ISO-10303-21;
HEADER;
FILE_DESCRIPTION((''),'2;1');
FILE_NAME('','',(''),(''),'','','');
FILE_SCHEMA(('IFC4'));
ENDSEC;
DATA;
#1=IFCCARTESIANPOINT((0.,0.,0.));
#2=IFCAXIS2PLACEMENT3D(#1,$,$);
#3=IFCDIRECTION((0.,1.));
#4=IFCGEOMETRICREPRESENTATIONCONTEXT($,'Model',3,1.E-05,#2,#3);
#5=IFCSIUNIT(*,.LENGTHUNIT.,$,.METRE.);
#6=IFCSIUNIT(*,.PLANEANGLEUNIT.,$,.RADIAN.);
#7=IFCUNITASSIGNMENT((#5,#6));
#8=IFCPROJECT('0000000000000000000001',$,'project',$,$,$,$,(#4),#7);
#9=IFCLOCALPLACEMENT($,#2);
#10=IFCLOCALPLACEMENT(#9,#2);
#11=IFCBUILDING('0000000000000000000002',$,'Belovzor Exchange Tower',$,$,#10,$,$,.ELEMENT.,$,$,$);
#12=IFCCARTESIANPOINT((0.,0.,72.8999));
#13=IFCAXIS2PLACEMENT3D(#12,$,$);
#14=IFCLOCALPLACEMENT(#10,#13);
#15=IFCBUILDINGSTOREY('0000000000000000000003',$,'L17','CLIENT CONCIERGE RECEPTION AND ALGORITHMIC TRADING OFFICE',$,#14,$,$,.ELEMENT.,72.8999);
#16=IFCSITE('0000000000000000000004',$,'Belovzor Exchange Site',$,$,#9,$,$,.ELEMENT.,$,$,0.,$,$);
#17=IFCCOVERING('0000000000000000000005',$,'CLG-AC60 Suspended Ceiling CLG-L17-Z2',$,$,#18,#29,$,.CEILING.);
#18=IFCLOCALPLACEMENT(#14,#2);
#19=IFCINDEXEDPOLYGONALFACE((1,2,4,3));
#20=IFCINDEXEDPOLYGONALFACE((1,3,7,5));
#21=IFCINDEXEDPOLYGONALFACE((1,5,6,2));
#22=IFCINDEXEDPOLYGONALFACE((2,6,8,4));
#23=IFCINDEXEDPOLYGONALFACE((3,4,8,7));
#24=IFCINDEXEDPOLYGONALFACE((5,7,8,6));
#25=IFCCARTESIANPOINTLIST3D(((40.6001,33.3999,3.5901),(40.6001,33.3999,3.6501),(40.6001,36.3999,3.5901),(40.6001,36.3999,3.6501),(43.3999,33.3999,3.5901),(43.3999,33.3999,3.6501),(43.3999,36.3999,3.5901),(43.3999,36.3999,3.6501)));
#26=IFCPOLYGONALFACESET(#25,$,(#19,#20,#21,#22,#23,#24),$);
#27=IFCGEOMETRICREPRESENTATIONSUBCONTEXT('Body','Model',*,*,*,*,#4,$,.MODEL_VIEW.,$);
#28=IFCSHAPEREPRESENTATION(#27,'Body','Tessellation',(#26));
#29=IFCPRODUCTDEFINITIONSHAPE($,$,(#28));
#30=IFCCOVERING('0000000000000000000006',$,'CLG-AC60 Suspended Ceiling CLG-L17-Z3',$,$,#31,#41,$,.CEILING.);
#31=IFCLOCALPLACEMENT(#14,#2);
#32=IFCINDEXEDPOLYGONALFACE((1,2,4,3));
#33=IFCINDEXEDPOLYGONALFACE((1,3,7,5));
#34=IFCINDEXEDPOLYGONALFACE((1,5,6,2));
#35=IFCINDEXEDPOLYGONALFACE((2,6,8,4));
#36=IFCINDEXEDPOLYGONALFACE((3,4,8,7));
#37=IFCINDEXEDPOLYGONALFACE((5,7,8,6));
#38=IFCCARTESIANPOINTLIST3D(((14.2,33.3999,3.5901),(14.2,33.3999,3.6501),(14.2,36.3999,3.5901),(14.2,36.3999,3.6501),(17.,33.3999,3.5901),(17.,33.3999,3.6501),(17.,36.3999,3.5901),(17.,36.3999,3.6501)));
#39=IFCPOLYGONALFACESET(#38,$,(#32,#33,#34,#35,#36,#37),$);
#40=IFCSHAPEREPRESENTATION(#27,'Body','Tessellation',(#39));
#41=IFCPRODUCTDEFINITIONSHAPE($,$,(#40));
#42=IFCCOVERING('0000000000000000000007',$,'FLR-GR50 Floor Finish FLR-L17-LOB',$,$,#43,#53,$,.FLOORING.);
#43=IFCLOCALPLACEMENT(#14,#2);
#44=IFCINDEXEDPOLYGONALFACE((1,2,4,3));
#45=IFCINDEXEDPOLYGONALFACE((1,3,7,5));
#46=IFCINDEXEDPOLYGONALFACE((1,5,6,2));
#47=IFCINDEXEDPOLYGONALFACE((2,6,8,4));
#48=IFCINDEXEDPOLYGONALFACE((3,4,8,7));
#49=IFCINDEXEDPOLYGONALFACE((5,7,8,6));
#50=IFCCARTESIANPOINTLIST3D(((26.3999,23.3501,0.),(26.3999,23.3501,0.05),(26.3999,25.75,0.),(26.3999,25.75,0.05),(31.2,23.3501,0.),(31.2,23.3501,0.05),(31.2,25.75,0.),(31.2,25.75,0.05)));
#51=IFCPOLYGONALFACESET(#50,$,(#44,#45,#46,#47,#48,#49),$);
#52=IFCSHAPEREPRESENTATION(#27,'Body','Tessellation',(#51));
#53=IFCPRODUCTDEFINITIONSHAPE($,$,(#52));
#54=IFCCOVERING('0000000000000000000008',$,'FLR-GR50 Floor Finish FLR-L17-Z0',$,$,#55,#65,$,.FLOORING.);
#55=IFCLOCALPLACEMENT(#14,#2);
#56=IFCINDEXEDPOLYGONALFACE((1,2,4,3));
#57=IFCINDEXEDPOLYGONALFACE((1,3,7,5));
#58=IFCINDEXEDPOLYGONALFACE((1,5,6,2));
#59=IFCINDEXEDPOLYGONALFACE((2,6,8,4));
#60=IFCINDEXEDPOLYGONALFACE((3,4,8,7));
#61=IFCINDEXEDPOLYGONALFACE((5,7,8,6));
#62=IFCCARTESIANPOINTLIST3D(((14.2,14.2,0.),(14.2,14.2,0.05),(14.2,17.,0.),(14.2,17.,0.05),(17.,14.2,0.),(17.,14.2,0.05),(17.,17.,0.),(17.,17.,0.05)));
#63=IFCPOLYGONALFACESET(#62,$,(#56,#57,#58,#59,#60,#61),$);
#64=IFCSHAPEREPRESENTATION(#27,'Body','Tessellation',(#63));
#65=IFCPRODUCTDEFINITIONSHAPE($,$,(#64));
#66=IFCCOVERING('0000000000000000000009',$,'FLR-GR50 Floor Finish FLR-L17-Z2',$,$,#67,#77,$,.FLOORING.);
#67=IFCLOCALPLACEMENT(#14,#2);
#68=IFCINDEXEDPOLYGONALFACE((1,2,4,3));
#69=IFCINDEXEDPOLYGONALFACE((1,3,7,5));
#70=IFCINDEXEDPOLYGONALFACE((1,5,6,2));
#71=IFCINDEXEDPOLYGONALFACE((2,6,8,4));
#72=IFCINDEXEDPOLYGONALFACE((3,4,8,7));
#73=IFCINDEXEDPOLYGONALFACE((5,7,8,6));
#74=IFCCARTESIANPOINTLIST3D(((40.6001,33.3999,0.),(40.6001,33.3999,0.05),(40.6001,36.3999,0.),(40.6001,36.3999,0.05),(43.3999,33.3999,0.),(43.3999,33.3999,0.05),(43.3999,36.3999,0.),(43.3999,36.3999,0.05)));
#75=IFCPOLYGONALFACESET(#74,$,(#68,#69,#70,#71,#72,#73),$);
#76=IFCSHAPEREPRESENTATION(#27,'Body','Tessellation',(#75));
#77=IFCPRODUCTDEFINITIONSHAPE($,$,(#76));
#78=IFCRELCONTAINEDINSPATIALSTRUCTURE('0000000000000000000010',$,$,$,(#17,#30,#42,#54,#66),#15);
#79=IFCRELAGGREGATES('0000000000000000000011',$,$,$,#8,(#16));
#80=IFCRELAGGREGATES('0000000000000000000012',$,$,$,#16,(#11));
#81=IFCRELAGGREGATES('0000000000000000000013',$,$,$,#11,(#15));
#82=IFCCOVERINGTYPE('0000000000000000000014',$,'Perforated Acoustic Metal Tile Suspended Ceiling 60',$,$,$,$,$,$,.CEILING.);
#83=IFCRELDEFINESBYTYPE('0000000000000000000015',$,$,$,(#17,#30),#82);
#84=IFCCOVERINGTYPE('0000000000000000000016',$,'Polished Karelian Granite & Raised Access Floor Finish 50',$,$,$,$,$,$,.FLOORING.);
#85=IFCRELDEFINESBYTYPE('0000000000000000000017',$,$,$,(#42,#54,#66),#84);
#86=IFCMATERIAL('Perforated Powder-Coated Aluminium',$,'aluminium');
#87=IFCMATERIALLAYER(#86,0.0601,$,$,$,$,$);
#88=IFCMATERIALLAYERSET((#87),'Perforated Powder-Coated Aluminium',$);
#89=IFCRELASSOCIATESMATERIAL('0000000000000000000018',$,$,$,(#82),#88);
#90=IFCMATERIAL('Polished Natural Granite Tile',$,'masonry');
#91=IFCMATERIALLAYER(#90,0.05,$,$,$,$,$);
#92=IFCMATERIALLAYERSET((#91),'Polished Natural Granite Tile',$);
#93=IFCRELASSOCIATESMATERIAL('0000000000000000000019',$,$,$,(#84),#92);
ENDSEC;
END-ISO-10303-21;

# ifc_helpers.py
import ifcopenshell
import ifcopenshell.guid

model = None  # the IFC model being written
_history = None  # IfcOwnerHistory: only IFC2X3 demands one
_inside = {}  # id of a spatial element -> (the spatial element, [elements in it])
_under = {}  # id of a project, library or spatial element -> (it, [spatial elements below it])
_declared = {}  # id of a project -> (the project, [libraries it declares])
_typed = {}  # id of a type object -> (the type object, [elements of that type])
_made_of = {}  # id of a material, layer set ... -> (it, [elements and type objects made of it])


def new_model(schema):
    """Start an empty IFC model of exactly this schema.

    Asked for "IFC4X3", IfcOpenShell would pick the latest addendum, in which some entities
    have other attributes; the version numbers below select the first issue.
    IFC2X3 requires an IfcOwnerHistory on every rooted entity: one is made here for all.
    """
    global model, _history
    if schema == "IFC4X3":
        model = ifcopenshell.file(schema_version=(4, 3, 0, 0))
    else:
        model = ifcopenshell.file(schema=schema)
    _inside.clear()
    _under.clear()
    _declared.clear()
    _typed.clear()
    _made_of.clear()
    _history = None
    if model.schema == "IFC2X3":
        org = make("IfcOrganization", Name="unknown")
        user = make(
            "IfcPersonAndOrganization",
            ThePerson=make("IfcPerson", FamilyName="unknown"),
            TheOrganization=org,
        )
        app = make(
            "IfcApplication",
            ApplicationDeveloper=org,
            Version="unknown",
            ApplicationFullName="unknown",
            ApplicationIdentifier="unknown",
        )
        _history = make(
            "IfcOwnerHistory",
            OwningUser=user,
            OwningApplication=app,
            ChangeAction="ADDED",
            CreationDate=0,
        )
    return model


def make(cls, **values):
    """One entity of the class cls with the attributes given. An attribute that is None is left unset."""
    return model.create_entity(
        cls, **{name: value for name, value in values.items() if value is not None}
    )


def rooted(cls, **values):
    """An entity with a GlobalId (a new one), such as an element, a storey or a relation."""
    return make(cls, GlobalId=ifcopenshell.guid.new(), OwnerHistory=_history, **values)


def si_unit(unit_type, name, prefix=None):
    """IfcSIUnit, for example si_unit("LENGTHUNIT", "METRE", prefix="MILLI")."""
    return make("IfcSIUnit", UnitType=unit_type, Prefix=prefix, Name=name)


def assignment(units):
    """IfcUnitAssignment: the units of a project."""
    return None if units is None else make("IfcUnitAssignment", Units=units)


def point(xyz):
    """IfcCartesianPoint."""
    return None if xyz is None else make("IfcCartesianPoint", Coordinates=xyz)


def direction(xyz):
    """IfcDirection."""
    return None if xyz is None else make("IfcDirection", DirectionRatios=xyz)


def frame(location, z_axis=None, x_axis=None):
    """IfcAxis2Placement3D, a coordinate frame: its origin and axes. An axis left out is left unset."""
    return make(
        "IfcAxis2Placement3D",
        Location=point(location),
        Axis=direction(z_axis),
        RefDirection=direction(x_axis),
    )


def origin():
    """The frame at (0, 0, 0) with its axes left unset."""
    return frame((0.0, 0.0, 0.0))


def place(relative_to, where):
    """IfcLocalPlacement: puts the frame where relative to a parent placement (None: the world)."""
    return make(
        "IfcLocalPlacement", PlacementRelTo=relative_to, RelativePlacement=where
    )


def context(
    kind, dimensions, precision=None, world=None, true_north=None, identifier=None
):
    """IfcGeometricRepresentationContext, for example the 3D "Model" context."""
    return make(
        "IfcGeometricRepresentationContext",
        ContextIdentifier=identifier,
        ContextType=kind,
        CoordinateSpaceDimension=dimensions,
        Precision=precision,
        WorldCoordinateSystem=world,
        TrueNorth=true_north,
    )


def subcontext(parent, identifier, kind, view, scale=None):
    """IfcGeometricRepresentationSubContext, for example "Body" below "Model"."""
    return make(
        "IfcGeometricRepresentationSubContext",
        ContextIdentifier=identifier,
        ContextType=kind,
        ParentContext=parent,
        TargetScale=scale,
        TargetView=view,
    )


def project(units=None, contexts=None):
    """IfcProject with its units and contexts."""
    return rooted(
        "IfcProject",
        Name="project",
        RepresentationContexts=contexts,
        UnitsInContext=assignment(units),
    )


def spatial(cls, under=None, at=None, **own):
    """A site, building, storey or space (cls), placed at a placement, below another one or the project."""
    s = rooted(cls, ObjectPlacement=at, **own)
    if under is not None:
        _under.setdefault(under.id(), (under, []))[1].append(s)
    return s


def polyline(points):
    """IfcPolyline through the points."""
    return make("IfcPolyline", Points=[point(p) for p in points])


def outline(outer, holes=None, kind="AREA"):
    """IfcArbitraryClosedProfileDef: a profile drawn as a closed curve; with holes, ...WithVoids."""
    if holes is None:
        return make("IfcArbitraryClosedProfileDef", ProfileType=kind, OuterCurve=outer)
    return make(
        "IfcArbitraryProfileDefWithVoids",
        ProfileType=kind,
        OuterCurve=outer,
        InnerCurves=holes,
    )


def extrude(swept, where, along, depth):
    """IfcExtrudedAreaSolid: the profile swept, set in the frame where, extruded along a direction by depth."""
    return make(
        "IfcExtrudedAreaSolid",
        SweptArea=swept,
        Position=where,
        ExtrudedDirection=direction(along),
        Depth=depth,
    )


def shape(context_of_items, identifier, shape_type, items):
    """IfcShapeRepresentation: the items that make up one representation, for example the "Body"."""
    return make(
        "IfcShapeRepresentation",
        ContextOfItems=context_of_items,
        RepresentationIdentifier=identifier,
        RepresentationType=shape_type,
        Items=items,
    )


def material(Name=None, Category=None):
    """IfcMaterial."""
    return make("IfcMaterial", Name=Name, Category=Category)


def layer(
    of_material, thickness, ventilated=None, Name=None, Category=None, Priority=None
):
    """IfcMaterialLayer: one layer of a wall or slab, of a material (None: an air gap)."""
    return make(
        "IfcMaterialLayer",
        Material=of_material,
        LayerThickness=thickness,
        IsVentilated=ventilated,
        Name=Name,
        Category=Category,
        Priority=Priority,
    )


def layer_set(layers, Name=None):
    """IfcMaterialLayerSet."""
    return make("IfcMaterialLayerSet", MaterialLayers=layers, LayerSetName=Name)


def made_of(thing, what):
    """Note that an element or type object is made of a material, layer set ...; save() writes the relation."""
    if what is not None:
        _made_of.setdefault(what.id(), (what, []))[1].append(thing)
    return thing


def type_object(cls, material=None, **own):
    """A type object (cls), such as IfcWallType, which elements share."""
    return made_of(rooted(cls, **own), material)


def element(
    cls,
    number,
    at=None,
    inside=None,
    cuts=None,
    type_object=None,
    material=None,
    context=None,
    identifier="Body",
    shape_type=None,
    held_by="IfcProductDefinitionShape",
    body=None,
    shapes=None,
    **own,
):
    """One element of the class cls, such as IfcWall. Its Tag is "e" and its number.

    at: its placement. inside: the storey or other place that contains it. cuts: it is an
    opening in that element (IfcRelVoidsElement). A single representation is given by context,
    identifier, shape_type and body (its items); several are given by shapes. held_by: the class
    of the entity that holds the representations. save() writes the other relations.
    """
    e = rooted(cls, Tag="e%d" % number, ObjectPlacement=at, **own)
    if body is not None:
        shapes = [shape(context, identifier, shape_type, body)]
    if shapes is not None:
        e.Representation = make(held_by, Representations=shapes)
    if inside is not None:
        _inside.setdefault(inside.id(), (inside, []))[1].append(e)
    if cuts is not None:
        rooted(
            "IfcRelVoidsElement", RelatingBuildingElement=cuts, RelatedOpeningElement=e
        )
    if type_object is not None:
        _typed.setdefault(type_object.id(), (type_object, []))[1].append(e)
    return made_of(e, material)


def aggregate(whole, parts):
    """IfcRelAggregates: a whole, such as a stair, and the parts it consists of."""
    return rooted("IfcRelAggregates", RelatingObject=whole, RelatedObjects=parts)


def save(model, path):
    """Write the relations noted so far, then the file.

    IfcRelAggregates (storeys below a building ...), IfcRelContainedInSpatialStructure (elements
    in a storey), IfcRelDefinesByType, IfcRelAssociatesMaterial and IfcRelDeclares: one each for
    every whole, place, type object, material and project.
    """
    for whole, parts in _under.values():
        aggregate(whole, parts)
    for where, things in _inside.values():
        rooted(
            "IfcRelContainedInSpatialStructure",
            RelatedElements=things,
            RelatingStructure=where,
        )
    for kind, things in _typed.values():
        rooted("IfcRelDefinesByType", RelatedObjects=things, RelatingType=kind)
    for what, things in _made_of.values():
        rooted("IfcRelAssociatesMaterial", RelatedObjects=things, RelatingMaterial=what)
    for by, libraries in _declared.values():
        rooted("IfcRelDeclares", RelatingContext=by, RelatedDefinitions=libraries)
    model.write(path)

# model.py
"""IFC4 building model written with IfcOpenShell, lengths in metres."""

from ifc_helpers import new_model, si_unit, direction, frame, origin, place, context, subcontext, project, spatial, polyline, outline, extrude, material, layer, layer_set, type_object, element, save


model = new_model("IFC4")

# Units and contexts
model_context = context("Model", 3, precision=1e-05, world=origin(), true_north=direction((0.0, 1.0)))
body_context = subcontext(model_context, "Body", "Model", "MODEL_VIEW")
ifc_project = project(units=[si_unit("LENGTHUNIT", "METRE"), si_unit("PLANEANGLEUNIT", "RADIAN")], contexts=[model_context])

# Site, building, storey
site_placement = place(None, origin())
site = spatial("IfcSite", under=ifc_project, at=site_placement, Name="Belovzor Exchange Site", CompositionType="ELEMENT", RefElevation=0.0)
building_placement = place(site_placement, origin())
building = spatial("IfcBuilding", under=site, at=building_placement, Name="Belovzor Exchange Tower", CompositionType="ELEMENT")
storey_placement = place(building_placement, frame((0.0, 0.0, 72.8999)))
storey = spatial("IfcBuildingStorey", under=building, at=storey_placement, Name="L17", Description="CLIENT CONCIERGE RECEPTION AND ALGORITHMIC TRADING OFFICE", CompositionType="ELEMENT", Elevation=72.8999)

# Coverings
ifc_material_1 = material(Name="Perforated Powder-Coated Aluminium", Category="aluminium")
ifc_layer_1 = layer(ifc_material_1, 0.0601)
ifc_layer_set_1 = layer_set([ifc_layer_1], Name="Perforated Powder-Coated Aluminium")
covering_type_1 = type_object("IfcCoveringType", Name="Perforated Acoustic Metal Tile Suspended Ceiling 60", PredefinedType="CEILING", material=ifc_layer_set_1)
covering_1_placement = place(storey_placement, frame((0.0, 0.0, 3.5901)))
element("IfcCovering", 1, at=covering_1_placement, inside=storey, type_object=covering_type_1, Name="CLG-AC60 Suspended Ceiling CLG-L17-Z2", PredefinedType="CEILING", context=body_context, shape_type="SweptSolid", body=[
    extrude(outline(polyline([(40.6001, 33.3999), (43.3999, 33.3999), (43.3999, 36.3999), (40.6001, 36.3999), (40.6001, 33.3999)])), origin(), (0.0, 0.0, 1.0), 0.0601),
])
covering_2_placement = place(storey_placement, frame((0.0, 0.0, 3.5901)))
element("IfcCovering", 2, at=covering_2_placement, inside=storey, type_object=covering_type_1, Name="CLG-AC60 Suspended Ceiling CLG-L17-Z3", PredefinedType="CEILING", context=body_context, shape_type="SweptSolid", body=[
    extrude(outline(polyline([(14.2, 33.3999), (17.0, 33.3999), (17.0, 36.3999), (14.2, 36.3999), (14.2, 33.3999)])), origin(), (0.0, 0.0, 1.0), 0.0601),
])
ifc_material_2 = material(Name="Polished Natural Granite Tile", Category="masonry")
ifc_layer_2 = layer(ifc_material_2, 0.05)
ifc_layer_set_2 = layer_set([ifc_layer_2], Name="Polished Natural Granite Tile")
covering_type_2 = type_object("IfcCoveringType", Name="Polished Karelian Granite & Raised Access Floor Finish 50", PredefinedType="FLOORING", material=ifc_layer_set_2)
covering_3_placement = place(storey_placement, origin())
element("IfcCovering", 3, at=covering_3_placement, inside=storey, type_object=covering_type_2, Name="FLR-GR50 Floor Finish FLR-L17-LOB", PredefinedType="FLOORING", context=body_context, shape_type="SweptSolid", body=[
    extrude(outline(polyline([(26.3999, 23.3501), (31.2, 23.3501), (31.2, 25.75), (26.3999, 25.75), (26.3999, 23.3501)])), origin(), (0.0, 0.0, 1.0), 0.05),
])
covering_4_placement = place(storey_placement, origin())
element("IfcCovering", 4, at=covering_4_placement, inside=storey, type_object=covering_type_2, Name="FLR-GR50 Floor Finish FLR-L17-Z0", PredefinedType="FLOORING", context=body_context, shape_type="SweptSolid", body=[
    extrude(outline(polyline([(14.2, 14.2), (17.0, 14.2), (17.0, 17.0), (14.2, 17.0), (14.2, 14.2)])), origin(), (0.0, 0.0, 1.0), 0.05),
])
covering_5_placement = place(storey_placement, origin())
element("IfcCovering", 5, at=covering_5_placement, inside=storey, type_object=covering_type_2, Name="FLR-GR50 Floor Finish FLR-L17-Z2", PredefinedType="FLOORING", context=body_context, shape_type="SweptSolid", body=[
    extrude(outline(polyline([(40.6001, 33.3999), (43.3999, 33.3999), (43.3999, 36.3999), (40.6001, 36.3999), (40.6001, 33.3999)])), origin(), (0.0, 0.0, 1.0), 0.05),
])

save(model, "model.ifc")
